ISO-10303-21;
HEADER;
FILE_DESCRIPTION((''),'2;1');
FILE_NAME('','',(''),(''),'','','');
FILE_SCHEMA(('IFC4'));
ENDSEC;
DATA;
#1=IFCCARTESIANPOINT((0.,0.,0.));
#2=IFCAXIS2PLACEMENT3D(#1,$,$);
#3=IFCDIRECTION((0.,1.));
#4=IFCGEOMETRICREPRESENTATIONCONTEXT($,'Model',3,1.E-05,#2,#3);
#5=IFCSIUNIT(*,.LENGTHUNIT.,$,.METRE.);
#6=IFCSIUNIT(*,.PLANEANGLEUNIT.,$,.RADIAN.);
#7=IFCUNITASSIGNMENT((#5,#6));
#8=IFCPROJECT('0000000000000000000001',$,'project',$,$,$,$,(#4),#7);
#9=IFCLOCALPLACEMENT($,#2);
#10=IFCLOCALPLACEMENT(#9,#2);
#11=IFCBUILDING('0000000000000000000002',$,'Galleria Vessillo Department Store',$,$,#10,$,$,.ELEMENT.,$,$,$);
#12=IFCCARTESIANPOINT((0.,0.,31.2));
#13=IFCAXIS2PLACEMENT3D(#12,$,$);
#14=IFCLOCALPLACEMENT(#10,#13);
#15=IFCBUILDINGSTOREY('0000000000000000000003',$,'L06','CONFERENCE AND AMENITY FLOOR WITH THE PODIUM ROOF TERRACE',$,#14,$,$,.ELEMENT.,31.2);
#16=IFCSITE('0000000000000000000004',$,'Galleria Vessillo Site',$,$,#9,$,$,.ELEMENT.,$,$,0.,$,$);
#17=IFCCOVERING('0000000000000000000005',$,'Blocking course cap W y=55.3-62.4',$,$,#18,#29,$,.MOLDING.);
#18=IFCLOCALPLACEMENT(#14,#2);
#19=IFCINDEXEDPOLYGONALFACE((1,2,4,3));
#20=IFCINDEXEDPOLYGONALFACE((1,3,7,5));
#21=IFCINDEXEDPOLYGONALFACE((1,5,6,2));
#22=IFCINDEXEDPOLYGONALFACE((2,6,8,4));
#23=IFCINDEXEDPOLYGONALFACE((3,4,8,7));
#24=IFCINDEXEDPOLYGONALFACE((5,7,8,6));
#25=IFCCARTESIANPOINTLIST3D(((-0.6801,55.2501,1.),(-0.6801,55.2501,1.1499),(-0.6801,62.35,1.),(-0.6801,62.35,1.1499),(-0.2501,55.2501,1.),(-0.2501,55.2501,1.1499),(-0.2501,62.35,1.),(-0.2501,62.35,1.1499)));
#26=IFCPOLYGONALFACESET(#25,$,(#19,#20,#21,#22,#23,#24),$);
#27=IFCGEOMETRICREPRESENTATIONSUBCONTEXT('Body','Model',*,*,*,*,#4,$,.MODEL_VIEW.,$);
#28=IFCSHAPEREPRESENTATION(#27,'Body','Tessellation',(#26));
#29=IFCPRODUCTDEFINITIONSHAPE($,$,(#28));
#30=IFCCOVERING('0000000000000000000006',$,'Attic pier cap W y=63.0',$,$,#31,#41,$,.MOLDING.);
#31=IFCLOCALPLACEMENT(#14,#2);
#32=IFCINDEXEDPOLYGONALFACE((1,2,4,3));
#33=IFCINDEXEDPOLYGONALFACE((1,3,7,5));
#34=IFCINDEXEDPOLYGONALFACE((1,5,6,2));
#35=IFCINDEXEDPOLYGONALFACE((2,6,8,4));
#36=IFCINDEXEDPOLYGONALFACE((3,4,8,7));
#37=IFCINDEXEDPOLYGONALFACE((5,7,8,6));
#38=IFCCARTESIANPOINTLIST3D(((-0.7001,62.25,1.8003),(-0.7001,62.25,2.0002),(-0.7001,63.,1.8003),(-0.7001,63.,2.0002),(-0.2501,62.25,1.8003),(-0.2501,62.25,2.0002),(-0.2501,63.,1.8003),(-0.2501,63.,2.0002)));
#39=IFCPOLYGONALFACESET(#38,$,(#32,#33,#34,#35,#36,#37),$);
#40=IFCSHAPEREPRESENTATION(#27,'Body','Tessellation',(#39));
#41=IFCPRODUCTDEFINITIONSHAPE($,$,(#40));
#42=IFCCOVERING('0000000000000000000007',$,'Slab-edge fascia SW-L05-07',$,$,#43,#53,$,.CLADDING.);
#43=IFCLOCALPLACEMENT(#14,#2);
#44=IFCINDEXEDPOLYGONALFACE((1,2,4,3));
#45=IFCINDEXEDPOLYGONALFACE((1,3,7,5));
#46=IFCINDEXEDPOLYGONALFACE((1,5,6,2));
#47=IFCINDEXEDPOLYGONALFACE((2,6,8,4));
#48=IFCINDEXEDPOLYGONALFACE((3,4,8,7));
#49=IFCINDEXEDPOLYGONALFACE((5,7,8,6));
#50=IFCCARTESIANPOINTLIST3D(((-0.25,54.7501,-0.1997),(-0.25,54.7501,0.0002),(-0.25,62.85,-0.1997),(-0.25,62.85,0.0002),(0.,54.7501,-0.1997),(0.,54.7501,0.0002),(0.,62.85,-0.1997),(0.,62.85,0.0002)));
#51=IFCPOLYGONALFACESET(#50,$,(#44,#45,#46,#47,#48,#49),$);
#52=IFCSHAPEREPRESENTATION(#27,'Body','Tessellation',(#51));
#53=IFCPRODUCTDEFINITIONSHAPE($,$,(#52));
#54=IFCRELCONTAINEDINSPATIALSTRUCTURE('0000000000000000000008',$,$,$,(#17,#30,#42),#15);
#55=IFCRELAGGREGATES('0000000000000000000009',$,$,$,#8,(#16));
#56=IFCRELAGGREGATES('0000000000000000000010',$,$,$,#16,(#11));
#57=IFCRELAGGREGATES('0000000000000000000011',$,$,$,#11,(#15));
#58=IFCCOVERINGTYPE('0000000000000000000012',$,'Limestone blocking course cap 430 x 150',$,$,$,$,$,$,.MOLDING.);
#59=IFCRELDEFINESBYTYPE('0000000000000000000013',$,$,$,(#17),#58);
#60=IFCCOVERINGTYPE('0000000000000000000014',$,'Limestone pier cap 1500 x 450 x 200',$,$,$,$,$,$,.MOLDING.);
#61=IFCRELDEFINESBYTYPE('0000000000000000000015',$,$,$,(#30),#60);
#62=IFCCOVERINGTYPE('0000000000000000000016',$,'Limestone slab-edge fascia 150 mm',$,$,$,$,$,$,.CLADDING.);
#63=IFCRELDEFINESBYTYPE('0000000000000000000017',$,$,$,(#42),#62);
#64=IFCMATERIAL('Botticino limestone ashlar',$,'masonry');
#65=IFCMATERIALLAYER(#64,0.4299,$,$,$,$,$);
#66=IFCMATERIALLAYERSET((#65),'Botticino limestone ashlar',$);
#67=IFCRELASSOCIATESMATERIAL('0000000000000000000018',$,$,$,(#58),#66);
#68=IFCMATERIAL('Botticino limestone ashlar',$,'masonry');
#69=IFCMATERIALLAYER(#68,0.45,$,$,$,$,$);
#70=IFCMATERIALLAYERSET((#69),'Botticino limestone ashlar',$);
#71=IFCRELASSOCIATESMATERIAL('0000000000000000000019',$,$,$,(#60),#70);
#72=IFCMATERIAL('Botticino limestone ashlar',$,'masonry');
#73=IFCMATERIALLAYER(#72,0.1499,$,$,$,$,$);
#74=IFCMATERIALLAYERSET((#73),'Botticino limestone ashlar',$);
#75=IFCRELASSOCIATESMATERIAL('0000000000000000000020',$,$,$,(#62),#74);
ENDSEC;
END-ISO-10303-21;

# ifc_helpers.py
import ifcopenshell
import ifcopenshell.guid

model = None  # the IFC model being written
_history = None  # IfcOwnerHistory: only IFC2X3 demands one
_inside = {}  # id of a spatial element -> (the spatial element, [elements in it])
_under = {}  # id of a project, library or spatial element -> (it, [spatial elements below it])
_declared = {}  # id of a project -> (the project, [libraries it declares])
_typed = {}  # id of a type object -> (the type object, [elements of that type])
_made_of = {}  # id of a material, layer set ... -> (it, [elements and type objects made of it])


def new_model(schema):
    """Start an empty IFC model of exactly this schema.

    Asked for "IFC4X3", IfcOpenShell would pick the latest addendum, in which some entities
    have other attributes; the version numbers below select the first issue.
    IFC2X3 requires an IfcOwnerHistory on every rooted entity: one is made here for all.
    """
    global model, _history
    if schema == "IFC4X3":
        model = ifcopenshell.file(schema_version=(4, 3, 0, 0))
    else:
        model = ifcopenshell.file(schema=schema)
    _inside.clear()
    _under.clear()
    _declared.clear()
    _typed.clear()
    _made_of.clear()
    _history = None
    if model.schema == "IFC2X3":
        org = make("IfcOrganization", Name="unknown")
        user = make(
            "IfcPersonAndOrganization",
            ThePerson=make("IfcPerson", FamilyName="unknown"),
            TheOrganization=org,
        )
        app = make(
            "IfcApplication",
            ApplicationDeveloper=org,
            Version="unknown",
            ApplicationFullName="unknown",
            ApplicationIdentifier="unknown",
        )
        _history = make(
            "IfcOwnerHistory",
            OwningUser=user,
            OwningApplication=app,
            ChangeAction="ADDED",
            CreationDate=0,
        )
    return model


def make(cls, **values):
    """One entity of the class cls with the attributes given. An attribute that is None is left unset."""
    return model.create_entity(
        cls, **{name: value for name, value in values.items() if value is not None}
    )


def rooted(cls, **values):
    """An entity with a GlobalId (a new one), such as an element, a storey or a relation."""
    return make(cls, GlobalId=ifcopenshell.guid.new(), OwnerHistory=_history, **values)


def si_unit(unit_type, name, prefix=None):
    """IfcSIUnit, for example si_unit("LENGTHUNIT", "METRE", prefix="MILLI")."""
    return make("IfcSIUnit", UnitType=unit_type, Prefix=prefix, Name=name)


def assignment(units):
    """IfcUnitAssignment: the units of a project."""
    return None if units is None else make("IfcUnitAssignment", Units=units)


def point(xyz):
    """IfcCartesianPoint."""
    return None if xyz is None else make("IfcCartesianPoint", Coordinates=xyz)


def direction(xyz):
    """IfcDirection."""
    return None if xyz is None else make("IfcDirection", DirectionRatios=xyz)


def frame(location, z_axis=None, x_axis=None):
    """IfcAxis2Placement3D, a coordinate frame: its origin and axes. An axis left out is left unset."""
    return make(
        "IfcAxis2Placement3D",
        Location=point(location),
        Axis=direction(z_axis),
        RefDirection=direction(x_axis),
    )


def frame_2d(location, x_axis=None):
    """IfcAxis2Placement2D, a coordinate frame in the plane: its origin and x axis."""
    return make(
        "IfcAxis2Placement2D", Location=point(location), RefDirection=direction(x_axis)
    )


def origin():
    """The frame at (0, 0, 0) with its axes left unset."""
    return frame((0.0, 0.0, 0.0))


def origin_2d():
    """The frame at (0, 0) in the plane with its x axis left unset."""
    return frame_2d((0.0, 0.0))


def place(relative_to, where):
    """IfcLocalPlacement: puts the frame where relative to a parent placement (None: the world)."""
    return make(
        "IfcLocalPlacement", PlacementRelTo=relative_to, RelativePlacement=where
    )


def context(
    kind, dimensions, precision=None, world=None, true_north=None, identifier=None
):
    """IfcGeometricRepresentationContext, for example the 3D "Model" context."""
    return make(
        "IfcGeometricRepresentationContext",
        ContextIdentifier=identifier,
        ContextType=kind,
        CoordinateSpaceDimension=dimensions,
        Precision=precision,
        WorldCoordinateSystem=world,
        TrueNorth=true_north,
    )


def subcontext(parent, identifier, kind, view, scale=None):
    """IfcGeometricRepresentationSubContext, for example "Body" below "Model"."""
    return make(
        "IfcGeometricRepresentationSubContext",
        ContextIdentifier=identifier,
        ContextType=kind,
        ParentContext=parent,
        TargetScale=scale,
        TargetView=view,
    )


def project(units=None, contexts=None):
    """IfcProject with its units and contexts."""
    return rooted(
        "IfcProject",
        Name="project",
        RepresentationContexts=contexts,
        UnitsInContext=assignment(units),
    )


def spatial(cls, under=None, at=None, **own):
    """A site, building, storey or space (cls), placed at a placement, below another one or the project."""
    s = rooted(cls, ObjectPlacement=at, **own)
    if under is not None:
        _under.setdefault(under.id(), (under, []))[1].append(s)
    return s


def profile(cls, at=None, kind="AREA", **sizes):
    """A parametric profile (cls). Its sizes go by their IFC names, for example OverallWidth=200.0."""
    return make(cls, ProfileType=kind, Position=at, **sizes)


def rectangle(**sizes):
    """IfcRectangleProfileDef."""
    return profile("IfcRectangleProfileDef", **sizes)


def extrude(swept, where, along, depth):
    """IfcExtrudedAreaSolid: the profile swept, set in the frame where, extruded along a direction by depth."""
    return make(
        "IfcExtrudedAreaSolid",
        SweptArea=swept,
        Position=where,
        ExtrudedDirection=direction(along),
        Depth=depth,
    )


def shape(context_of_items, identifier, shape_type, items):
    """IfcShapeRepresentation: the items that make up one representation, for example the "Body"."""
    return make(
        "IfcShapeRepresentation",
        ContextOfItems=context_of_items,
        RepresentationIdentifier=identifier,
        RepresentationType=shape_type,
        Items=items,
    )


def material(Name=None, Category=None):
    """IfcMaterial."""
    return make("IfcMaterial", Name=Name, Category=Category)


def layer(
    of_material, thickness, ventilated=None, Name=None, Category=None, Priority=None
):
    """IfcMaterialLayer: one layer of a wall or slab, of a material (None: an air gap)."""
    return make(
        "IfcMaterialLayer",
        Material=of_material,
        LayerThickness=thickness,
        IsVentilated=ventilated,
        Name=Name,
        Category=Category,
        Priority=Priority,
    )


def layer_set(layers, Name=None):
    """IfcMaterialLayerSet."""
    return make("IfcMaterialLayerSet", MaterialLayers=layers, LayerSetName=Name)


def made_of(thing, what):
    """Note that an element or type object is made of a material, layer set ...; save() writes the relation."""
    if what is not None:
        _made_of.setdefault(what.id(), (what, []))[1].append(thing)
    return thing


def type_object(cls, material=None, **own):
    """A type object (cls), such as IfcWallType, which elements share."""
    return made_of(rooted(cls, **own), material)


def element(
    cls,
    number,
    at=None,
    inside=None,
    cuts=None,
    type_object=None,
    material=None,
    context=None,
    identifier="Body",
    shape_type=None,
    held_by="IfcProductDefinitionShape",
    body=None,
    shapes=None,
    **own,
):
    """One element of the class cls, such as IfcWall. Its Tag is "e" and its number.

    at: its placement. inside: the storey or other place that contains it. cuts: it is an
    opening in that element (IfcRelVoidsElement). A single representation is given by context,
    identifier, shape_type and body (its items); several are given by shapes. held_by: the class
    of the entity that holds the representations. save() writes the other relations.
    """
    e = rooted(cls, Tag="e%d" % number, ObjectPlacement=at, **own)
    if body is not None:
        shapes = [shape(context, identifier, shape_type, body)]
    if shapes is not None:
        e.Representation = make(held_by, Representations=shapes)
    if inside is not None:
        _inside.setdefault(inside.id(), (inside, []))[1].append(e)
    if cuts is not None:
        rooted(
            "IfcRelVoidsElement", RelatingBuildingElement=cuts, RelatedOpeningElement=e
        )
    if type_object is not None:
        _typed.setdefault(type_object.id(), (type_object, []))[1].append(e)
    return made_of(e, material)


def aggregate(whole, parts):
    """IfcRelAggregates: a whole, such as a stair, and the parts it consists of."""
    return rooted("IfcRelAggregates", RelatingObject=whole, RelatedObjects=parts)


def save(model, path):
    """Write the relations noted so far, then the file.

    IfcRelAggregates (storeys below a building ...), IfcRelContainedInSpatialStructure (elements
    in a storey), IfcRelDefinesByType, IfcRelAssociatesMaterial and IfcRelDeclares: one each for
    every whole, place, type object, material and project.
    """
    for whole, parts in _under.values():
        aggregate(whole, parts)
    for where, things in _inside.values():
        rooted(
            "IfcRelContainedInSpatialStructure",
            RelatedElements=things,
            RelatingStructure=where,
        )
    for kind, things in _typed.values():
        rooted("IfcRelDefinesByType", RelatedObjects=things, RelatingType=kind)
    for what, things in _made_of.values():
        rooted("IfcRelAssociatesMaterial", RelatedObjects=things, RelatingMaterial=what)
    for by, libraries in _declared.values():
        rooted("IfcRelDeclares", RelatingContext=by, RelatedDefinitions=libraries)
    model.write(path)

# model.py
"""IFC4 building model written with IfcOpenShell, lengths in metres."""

from ifc_helpers import new_model, si_unit, direction, frame, origin, origin_2d, place, context, subcontext, project, spatial, rectangle, extrude, material, layer, layer_set, type_object, element, save


model = new_model("IFC4")

# Units and contexts
model_context = context("Model", 3, precision=1e-05, world=origin(), true_north=direction((0.0, 1.0)))
body_context = subcontext(model_context, "Body", "Model", "MODEL_VIEW")
ifc_project = project(units=[si_unit("LENGTHUNIT", "METRE"), si_unit("PLANEANGLEUNIT", "RADIAN")], contexts=[model_context])

# Site, building, storey
site_placement = place(None, origin())
site = spatial("IfcSite", under=ifc_project, at=site_placement, Name="Galleria Vessillo Site", CompositionType="ELEMENT", RefElevation=0.0)
building_placement = place(site_placement, origin())
building = spatial("IfcBuilding", under=site, at=building_placement, Name="Galleria Vessillo Department Store", CompositionType="ELEMENT")
storey_placement = place(building_placement, frame((0.0, 0.0, 31.2)))
storey = spatial("IfcBuildingStorey", under=building, at=storey_placement, Name="L06", Description="CONFERENCE AND AMENITY FLOOR WITH THE PODIUM ROOF TERRACE", CompositionType="ELEMENT", Elevation=31.2)

# Coverings
ifc_material_1 = material(Name="Botticino limestone ashlar", Category="masonry")
ifc_layer_1 = layer(ifc_material_1, 0.4299)
ifc_layer_set_1 = layer_set([ifc_layer_1], Name="Botticino limestone ashlar")
covering_type_1 = type_object("IfcCoveringType", Name="Limestone blocking course cap 430 x 150", PredefinedType="MOLDING", material=ifc_layer_set_1)
covering_1_placement = place(storey_placement, frame((-0.4651, 58.8, 1.0), z_axis=(0.0, 0.0, 1.0), x_axis=(1.0, 0.0, 0.0)))
element("IfcCovering", 1, at=covering_1_placement, inside=storey, type_object=covering_type_1, Name="Blocking course cap W y=55.3-62.4", PredefinedType="MOLDING", context=body_context, shape_type="SweptSolid", body=[
    extrude(rectangle(XDim=0.4299, YDim=7.0999, at=origin_2d()), origin(), (0.0, 0.0, 1.0), 0.1499),
])
ifc_material_2 = material(Name="Botticino limestone ashlar", Category="masonry")
ifc_layer_2 = layer(ifc_material_2, 0.45)
ifc_layer_set_2 = layer_set([ifc_layer_2], Name="Botticino limestone ashlar")
covering_type_2 = type_object("IfcCoveringType", Name="Limestone pier cap 1500 x 450 x 200", PredefinedType="MOLDING", material=ifc_layer_set_2)
covering_2_placement = place(storey_placement, frame((-0.4751, 62.625, 1.8003), z_axis=(0.0, 0.0, 1.0), x_axis=(1.0, 0.0, 0.0)))
element("IfcCovering", 2, at=covering_2_placement, inside=storey, type_object=covering_type_2, Name="Attic pier cap W y=63.0", PredefinedType="MOLDING", context=body_context, shape_type="SweptSolid", body=[
    extrude(rectangle(XDim=0.45, YDim=0.75, at=origin_2d()), origin(), (0.0, 0.0, 1.0), 0.2),
])
ifc_material_3 = material(Name="Botticino limestone ashlar", Category="masonry")
ifc_layer_3 = layer(ifc_material_3, 0.1499)
ifc_layer_set_3 = layer_set([ifc_layer_3], Name="Botticino limestone ashlar")
covering_type_3 = type_object("IfcCoveringType", Name="Limestone slab-edge fascia 150 mm", PredefinedType="CLADDING", material=ifc_layer_set_3)
covering_3_placement = place(storey_placement, frame((-0.125, 58.8, -0.1997), z_axis=(0.0, 0.0, 1.0), x_axis=(1.0, 0.0, 0.0)))
element("IfcCovering", 3, at=covering_3_placement, inside=storey, type_object=covering_type_3, Name="Slab-edge fascia SW-L05-07", PredefinedType="CLADDING", context=body_context, shape_type="SweptSolid", body=[
    extrude(rectangle(XDim=0.25, YDim=8.0999, at=origin_2d()), origin(), (0.0, 0.0, 1.0), 0.2),
])

save(model, "model.ifc")
